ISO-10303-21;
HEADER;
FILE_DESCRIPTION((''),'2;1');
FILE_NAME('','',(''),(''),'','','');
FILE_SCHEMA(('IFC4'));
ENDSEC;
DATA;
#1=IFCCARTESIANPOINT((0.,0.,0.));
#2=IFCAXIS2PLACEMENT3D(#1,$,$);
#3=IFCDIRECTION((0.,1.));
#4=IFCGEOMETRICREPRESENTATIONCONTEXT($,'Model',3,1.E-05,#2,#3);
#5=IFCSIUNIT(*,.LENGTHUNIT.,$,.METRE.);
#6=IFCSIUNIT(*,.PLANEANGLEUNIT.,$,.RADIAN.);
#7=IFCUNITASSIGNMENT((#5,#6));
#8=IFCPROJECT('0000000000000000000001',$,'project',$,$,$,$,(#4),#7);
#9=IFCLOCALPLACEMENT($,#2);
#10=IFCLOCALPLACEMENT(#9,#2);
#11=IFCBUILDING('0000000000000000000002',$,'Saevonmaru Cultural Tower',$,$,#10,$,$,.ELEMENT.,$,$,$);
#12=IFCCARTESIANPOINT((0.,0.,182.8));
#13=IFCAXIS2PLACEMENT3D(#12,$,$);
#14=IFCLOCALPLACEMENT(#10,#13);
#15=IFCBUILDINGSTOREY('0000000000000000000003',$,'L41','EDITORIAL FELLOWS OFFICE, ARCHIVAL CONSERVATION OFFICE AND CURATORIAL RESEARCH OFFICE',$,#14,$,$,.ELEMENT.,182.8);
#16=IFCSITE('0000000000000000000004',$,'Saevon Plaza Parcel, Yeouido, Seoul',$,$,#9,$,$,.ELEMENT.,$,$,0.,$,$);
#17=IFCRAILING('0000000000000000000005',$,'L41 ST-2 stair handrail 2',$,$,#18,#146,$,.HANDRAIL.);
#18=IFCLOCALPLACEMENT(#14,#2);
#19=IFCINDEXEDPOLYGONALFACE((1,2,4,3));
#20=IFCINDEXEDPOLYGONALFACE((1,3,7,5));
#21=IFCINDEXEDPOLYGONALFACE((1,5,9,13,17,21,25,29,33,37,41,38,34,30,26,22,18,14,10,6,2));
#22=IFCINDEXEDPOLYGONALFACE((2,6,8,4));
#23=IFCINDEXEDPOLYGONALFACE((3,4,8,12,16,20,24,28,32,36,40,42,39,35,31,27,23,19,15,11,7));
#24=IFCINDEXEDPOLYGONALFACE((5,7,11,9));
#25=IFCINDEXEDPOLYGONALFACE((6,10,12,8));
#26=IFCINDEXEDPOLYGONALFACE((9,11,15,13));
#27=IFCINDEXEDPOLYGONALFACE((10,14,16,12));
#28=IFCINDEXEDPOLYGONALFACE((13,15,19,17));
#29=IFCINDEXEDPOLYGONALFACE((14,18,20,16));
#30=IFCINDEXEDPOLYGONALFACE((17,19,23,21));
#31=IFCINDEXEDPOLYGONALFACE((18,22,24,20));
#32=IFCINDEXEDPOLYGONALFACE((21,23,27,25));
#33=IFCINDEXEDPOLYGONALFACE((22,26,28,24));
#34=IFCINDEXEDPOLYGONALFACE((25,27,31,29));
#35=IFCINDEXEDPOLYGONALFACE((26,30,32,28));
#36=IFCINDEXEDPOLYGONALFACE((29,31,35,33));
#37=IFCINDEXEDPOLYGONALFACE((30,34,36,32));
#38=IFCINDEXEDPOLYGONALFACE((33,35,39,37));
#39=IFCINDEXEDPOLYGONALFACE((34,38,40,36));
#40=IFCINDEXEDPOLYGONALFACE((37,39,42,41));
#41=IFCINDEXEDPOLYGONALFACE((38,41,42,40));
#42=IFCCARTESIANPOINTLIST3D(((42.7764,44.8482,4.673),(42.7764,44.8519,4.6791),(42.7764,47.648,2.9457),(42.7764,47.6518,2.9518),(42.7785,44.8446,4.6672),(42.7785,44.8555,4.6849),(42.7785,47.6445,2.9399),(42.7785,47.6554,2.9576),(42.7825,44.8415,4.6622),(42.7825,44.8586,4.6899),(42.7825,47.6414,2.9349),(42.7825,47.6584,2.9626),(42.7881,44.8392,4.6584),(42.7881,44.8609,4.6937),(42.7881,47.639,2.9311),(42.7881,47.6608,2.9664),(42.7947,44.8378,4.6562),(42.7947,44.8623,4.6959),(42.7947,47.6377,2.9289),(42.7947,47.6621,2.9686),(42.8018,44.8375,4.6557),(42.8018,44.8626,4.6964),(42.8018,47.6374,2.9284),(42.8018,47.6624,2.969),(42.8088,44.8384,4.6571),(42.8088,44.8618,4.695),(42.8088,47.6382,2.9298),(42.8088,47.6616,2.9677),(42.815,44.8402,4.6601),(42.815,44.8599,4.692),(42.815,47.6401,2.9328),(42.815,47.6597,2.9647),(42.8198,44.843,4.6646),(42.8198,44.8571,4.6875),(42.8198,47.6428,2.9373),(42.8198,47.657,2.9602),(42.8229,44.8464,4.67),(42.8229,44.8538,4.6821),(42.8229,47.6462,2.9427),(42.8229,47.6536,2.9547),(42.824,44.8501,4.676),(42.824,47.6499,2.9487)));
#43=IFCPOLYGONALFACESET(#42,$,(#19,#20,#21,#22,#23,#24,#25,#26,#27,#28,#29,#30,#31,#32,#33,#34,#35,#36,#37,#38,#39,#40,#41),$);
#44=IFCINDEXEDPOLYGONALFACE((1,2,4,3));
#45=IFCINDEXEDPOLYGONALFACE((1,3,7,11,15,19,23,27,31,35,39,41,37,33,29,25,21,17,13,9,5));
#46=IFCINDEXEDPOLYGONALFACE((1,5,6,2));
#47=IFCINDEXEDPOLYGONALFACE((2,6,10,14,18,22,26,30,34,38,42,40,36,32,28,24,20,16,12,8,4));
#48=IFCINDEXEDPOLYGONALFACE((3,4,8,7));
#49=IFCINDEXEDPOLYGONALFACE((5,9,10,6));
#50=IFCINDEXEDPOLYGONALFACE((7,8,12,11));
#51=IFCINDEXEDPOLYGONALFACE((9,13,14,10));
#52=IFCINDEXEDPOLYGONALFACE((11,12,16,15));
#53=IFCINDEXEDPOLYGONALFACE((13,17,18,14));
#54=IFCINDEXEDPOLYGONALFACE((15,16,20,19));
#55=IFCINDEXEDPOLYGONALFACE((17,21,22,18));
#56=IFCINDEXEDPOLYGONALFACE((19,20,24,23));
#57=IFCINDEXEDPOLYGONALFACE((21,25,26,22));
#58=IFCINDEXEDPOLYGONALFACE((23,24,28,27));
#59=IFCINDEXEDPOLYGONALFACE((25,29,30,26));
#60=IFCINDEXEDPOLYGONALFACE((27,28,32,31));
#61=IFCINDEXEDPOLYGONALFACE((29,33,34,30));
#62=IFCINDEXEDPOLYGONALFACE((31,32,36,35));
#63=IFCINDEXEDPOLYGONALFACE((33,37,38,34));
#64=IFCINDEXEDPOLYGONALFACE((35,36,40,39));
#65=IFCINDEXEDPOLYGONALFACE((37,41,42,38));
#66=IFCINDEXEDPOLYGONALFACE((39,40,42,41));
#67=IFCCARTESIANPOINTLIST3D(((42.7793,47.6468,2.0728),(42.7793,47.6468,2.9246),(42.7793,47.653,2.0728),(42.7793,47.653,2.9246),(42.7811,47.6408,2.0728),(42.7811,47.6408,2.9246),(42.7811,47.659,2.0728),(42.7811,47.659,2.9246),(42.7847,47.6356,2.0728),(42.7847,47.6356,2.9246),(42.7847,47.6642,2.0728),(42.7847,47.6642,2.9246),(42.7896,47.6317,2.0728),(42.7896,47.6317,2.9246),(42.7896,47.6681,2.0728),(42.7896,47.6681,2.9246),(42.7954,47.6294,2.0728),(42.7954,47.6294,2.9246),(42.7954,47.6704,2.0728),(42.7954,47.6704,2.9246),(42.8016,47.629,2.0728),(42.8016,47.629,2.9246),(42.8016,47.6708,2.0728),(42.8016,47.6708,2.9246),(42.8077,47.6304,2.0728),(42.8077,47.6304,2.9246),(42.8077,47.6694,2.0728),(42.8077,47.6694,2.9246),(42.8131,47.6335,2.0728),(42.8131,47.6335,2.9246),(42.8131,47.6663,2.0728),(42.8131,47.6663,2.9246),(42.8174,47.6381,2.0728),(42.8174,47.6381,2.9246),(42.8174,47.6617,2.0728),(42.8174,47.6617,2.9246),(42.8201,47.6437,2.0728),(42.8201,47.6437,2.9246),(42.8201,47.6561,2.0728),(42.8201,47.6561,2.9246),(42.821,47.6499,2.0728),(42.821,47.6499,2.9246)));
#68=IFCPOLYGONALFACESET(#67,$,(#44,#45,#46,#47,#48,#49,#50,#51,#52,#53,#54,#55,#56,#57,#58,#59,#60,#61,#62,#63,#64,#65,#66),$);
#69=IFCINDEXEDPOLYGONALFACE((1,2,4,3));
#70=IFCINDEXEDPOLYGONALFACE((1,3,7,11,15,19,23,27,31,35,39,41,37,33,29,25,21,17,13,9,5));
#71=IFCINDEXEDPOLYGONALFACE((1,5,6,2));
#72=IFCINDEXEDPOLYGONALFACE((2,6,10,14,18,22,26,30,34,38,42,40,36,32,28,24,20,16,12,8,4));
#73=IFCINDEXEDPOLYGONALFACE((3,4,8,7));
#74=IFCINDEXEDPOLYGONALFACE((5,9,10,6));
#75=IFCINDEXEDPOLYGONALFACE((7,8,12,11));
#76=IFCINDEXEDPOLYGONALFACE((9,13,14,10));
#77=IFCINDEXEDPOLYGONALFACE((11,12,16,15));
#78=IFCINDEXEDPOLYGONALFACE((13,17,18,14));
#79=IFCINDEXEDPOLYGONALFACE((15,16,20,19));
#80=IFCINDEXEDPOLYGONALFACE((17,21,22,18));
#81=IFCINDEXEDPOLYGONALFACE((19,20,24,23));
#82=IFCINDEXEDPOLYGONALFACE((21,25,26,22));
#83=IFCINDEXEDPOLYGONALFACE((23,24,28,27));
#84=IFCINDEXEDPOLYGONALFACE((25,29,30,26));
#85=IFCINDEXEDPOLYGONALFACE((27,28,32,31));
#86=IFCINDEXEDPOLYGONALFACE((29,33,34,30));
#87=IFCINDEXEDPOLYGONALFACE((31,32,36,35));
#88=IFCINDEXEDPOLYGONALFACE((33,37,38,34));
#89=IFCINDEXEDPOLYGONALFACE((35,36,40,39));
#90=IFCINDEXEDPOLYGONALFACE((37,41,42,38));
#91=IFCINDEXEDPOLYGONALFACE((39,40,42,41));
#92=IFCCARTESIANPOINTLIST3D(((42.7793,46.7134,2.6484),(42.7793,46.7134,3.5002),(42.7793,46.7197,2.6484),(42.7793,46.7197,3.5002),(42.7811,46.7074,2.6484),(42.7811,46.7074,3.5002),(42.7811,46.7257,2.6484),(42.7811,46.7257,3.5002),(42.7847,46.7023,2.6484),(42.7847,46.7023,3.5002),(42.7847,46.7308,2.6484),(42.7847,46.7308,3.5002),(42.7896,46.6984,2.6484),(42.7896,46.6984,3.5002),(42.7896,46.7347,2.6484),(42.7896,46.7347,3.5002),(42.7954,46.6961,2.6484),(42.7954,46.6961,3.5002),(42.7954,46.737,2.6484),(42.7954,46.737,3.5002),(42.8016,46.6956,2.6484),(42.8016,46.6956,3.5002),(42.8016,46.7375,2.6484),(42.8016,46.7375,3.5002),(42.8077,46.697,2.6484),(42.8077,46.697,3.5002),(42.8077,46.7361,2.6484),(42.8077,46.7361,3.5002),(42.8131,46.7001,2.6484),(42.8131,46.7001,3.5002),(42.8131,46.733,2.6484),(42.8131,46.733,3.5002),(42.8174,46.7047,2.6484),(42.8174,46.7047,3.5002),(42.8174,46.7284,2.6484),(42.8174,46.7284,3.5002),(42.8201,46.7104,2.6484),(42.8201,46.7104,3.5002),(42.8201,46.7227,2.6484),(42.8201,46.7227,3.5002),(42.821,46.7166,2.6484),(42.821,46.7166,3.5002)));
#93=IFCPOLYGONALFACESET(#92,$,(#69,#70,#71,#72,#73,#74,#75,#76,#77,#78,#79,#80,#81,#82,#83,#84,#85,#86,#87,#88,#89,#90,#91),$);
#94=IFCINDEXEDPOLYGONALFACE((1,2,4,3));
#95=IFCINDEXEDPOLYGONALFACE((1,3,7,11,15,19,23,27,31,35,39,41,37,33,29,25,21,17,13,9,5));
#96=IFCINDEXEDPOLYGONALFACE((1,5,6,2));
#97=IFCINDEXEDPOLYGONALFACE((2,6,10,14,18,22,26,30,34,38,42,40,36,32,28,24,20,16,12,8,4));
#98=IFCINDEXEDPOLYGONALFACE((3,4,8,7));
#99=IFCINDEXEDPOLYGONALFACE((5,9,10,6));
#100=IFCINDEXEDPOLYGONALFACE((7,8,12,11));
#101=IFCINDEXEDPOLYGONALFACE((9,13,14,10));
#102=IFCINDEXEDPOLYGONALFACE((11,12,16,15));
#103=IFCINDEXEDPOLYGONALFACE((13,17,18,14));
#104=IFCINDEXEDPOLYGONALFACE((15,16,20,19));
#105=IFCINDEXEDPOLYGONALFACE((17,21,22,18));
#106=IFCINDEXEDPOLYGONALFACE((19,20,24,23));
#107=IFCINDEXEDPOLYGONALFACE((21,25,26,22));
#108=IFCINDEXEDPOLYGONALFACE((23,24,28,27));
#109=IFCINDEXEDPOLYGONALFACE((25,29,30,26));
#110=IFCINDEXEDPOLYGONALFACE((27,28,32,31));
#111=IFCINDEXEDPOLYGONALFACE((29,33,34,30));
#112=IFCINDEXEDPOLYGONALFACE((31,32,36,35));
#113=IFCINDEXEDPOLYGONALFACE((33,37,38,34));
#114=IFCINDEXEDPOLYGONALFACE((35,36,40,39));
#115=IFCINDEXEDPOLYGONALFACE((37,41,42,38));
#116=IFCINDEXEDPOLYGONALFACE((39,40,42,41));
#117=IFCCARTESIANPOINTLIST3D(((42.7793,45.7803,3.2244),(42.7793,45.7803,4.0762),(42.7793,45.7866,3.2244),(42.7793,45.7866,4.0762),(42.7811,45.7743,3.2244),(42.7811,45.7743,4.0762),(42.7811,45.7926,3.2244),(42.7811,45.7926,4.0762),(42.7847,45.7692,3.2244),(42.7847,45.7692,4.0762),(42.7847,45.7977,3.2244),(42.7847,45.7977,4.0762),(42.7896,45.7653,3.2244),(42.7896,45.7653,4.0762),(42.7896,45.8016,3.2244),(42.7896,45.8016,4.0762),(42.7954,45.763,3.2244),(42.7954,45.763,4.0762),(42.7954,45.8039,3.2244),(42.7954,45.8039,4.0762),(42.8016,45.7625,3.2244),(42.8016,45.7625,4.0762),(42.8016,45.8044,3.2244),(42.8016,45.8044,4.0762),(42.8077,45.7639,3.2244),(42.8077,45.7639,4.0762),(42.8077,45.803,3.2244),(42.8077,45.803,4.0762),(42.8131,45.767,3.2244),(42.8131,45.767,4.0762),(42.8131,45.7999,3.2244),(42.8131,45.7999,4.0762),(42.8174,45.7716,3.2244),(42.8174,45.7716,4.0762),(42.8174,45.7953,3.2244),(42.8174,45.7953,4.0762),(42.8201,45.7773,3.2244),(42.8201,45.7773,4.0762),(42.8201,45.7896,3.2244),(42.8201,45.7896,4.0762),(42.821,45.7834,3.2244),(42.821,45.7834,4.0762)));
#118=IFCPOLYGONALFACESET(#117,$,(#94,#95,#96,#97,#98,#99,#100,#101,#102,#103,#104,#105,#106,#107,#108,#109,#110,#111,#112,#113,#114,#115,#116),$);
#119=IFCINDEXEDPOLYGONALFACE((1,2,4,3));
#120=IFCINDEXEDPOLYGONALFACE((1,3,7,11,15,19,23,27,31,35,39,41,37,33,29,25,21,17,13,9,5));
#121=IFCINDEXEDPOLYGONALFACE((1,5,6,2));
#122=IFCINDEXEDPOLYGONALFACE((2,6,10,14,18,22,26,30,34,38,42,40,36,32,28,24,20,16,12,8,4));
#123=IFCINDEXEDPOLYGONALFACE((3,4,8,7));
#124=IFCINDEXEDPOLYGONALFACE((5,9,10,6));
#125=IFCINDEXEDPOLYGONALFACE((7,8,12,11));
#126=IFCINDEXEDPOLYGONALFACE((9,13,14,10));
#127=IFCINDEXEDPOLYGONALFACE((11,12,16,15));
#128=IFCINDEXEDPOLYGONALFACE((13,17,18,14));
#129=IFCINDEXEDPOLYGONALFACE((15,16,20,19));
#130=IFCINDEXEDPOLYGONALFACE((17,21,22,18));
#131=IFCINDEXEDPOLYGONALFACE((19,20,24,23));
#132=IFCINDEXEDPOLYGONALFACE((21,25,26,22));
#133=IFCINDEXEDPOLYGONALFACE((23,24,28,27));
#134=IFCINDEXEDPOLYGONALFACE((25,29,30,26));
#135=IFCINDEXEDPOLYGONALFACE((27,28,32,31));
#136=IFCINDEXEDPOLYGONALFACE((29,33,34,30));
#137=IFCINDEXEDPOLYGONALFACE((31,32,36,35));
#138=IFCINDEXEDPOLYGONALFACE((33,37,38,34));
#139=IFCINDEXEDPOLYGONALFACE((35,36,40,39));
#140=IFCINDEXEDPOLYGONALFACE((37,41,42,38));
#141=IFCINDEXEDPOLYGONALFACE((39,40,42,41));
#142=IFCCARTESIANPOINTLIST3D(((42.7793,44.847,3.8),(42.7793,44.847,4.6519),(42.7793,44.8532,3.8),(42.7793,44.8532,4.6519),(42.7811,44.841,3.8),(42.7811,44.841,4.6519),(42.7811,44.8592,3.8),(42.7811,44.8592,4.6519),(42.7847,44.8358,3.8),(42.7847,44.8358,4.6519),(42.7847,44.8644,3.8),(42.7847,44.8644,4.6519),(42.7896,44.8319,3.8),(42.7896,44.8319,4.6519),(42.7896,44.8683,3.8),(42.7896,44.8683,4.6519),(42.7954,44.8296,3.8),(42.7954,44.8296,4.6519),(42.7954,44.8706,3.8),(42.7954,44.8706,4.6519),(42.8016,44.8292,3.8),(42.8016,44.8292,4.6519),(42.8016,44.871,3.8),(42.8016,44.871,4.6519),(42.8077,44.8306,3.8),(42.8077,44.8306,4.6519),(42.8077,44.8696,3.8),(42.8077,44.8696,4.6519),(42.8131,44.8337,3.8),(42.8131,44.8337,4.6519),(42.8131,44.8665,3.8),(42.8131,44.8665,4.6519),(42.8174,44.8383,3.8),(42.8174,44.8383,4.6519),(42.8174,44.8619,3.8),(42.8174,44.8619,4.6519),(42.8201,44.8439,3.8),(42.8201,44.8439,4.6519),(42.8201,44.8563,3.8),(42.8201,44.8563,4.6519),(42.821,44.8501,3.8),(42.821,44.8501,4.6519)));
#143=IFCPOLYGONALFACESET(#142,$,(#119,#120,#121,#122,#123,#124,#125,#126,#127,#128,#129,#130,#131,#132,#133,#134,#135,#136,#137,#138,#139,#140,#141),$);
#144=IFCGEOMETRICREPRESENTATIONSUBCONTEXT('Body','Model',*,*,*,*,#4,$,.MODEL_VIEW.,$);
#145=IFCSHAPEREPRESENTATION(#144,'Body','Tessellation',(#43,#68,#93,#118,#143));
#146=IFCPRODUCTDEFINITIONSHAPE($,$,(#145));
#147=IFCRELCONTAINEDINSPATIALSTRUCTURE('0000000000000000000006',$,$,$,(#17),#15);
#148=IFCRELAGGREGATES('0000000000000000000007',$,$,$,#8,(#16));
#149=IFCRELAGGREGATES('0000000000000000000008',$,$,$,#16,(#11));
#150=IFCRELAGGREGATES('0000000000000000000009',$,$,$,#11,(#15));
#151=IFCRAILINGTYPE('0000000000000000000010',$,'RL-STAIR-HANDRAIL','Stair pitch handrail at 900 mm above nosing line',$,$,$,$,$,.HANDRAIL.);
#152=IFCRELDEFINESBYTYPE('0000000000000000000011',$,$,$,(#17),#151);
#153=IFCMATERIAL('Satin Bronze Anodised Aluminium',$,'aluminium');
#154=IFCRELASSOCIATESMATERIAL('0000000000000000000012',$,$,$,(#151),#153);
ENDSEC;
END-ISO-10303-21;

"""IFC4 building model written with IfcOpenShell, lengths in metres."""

from ifc_helpers import new_model, si_unit, direction, frame, origin, origin_2d, place, context, subcontext, project, spatial, circle, extrude, material, type_object, element, save


model = new_model("IFC4")

# Units and contexts
model_context = context("Model", 3, precision=1e-05, world=origin(), true_north=direction((0.0, 1.0)))
body_context = subcontext(model_context, "Body", "Model", "MODEL_VIEW")
ifc_project = project(units=[si_unit("LENGTHUNIT", "METRE"), si_unit("PLANEANGLEUNIT", "RADIAN")], contexts=[model_context])

# Site, building, storey
site_placement = place(None, origin())
site = spatial("IfcSite", under=ifc_project, at=site_placement, Name="Saevon Plaza Parcel, Yeouido, Seoul", CompositionType="ELEMENT", RefElevation=0.0)
building_placement = place(site_placement, origin())
building = spatial("IfcBuilding", under=site, at=building_placement, Name="Saevonmaru Cultural Tower", CompositionType="ELEMENT")
storey_placement = place(building_placement, frame((0.0, 0.0, 182.8)))
storey = spatial("IfcBuildingStorey", under=building, at=storey_placement, Name="L41", Description="EDITORIAL FELLOWS OFFICE, ARCHIVAL CONSERVATION OFFICE AND CURATORIAL RESEARCH OFFICE", CompositionType="ELEMENT", Elevation=182.8)

# Shared definitions
ifc_material_1 = material(Name="Satin Bronze Anodised Aluminium", Category="aluminium")

# Railing
railing_type = type_object("IfcRailingType", Name="RL-STAIR-HANDRAIL", Description="Stair pitch handrail at 900 mm above nosing line", PredefinedType="HANDRAIL", material=ifc_material_1)
railing_placement = place(storey_placement, frame((42.8, 47.6499, 2.0728)))
element("IfcRailing", 1, at=railing_placement, inside=storey, type_object=railing_type, Name="L41 ST-2 stair handrail 2", PredefinedType="HANDRAIL", context=body_context, shape_type="SweptSolid", body=[
    extrude(circle(Radius=0.0239, at=origin_2d()), frame((0.0, 0.0, 0.876), z_axis=(0.0, -0.851069, 0.525054), x_axis=(1.0, 0.0, 0.0)), (0.0, 0.0, 1.0), 3.2898),
    extrude(circle(Radius=0.021, at=origin_2d()), origin(), (0.0, 0.0, 1.0), 0.8518),
    extrude(circle(Radius=0.021, at=origin_2d()), frame((0.0, -0.9333, 0.5757)), (0.0, 0.0, 1.0), 0.8518),
    extrude(circle(Radius=0.021, at=origin_2d()), frame((0.0, -1.8665, 1.1516)), (0.0, 0.0, 1.0), 0.8518),
    extrude(circle(Radius=0.021, at=origin_2d()), frame((0.0, -2.7998, 1.7273)), (0.0, 0.0, 1.0), 0.8518),
])

save(model, "model.ifc")
